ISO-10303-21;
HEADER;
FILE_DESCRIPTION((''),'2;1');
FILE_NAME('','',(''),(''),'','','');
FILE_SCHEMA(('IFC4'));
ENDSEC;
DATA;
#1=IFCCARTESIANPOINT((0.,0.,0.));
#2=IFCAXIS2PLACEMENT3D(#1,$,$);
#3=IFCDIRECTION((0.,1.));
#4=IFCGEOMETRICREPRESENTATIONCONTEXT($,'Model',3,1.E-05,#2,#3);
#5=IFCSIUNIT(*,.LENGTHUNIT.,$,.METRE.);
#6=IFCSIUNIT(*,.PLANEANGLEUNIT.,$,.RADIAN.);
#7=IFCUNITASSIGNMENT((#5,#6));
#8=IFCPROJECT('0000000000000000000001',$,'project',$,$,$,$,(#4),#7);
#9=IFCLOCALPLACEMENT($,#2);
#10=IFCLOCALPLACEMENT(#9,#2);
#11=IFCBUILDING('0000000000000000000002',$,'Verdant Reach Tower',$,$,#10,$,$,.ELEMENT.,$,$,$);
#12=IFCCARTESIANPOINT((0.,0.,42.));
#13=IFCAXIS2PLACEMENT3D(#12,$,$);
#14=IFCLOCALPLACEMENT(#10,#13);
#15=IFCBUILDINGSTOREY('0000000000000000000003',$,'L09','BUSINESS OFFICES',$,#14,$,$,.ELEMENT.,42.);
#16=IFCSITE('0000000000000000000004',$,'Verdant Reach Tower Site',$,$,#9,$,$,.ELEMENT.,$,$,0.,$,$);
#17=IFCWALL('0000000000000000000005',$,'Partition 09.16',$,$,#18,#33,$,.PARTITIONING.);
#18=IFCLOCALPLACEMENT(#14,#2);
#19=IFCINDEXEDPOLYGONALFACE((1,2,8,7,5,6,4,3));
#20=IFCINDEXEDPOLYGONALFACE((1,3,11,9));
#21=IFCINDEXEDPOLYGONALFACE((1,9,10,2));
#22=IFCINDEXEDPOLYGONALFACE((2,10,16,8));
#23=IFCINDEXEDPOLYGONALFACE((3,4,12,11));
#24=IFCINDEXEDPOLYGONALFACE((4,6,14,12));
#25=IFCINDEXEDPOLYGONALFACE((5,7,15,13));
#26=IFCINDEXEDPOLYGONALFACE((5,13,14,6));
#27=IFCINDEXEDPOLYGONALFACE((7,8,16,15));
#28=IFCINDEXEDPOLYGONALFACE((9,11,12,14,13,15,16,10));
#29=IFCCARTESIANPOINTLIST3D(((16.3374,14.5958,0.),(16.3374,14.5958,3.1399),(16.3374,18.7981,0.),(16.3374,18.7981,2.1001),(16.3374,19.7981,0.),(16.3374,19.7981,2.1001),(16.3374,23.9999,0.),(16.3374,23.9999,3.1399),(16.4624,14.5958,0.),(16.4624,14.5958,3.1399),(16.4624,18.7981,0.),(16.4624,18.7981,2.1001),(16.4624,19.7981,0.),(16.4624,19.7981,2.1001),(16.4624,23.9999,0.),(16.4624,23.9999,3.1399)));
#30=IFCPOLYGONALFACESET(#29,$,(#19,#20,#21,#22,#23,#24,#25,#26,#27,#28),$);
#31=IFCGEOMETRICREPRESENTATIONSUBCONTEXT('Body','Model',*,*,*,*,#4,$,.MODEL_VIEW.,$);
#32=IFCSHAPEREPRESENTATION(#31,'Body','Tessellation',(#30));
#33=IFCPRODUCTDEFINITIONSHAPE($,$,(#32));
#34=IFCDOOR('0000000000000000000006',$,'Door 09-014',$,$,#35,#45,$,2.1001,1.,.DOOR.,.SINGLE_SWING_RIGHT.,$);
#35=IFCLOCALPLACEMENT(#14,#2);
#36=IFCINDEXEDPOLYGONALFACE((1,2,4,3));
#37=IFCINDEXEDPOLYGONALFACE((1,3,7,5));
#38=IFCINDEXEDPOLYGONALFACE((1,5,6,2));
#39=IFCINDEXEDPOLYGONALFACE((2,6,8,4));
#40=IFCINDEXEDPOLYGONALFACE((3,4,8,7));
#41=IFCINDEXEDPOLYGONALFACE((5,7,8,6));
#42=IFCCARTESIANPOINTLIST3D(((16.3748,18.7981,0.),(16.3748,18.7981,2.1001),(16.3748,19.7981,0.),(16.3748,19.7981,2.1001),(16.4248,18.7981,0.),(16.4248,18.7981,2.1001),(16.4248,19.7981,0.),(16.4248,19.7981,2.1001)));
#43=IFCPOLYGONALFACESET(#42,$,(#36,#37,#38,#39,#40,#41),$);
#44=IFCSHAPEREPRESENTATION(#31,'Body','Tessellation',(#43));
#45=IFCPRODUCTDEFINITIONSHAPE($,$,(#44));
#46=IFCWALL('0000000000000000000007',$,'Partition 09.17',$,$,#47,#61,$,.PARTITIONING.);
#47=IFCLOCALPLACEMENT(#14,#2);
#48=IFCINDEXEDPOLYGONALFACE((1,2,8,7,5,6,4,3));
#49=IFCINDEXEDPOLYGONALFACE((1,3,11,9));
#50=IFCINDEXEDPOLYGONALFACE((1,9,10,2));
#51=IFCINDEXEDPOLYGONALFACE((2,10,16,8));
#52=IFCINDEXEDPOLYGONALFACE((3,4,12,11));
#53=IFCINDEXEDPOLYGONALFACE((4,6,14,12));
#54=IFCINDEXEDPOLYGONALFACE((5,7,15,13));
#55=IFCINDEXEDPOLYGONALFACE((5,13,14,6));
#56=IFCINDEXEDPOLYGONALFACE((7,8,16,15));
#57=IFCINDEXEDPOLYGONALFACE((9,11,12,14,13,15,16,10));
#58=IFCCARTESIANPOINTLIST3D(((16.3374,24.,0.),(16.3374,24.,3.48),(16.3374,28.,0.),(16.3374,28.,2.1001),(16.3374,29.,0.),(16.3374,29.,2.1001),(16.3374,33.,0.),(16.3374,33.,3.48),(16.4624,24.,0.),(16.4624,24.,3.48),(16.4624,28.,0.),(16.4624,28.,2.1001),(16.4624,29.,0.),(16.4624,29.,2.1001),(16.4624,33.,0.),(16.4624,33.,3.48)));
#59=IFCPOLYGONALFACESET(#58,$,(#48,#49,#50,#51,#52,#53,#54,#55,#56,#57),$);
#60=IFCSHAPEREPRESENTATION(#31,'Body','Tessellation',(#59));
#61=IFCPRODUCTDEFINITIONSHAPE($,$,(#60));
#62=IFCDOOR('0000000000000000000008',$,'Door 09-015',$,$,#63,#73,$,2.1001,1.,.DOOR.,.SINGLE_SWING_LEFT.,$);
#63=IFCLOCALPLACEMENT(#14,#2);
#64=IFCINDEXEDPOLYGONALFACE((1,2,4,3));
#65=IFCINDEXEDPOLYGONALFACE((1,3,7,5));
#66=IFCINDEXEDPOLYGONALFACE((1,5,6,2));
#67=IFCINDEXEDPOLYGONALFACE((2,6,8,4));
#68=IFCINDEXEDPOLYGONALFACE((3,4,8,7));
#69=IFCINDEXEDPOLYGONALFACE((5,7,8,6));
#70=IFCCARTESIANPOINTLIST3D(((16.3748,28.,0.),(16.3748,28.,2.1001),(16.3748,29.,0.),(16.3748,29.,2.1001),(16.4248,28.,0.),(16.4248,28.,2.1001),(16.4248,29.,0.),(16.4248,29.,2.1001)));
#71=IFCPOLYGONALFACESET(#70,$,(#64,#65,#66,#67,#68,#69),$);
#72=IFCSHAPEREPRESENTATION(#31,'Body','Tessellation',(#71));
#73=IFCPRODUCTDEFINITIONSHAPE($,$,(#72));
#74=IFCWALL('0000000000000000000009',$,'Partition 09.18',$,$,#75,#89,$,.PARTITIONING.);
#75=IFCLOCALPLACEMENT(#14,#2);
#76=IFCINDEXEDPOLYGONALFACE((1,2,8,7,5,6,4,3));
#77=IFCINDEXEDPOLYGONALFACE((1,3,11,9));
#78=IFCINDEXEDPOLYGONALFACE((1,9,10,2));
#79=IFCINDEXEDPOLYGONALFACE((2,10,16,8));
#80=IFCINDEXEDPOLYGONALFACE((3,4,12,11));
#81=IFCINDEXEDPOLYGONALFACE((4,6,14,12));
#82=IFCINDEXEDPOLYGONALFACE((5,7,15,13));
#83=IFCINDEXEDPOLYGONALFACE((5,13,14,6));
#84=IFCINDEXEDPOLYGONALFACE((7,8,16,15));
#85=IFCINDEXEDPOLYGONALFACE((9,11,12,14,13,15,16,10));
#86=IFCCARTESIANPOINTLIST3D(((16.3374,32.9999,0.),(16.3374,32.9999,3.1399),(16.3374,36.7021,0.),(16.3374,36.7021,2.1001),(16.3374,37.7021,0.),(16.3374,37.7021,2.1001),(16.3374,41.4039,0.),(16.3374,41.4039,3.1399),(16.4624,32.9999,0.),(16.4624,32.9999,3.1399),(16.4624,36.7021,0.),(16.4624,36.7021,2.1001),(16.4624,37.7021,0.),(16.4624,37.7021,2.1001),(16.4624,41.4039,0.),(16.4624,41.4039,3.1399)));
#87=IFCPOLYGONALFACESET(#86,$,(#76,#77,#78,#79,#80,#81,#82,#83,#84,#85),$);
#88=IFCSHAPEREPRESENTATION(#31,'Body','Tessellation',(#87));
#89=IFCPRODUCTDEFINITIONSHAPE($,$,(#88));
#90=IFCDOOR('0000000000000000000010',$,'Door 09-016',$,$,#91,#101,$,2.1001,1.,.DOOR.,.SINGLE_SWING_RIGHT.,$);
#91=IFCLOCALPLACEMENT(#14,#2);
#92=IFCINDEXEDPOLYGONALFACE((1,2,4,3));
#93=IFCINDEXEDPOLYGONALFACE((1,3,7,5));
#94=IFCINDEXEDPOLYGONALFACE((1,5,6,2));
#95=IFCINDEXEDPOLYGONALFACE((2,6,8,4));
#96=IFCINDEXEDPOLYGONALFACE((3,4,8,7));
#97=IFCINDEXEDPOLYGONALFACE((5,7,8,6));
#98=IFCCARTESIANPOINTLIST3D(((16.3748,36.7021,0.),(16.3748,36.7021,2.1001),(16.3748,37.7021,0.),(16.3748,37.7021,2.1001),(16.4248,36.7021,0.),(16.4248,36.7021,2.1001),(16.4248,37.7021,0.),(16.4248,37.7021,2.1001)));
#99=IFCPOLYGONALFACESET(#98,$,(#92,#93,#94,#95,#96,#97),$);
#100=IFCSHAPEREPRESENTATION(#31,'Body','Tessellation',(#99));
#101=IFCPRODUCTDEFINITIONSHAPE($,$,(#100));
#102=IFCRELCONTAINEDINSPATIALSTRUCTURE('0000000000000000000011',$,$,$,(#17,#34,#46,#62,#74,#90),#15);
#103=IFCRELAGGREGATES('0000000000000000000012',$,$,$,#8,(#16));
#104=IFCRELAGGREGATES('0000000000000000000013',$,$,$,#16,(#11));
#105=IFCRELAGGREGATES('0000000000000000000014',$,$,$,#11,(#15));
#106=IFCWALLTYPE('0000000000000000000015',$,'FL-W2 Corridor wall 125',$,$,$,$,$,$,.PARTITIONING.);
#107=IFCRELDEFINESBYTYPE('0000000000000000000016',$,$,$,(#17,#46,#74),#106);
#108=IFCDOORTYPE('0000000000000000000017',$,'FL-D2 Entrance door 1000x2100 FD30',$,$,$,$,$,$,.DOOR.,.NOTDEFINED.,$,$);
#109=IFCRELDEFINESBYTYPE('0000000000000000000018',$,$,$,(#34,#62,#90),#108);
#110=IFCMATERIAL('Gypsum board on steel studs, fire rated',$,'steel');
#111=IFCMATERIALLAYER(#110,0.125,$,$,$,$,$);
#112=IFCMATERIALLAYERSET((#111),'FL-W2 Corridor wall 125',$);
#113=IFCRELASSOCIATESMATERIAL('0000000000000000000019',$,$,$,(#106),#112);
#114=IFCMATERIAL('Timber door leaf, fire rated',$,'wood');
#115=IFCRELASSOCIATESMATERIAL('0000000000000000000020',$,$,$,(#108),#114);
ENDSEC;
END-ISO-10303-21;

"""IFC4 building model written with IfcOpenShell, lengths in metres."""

from ifc_helpers import new_model, si_unit, direction, frame, frame_2d, origin, place, context, subcontext, project, spatial, rectangle, extrude, material, layer, layer_set, type_object, element, fill, save


model = new_model("IFC4")

# Units and contexts
model_context = context("Model", 3, precision=1e-05, world=origin(), true_north=direction((0.0, 1.0)))
body_context = subcontext(model_context, "Body", "Model", "MODEL_VIEW")
ifc_project = project(units=[si_unit("LENGTHUNIT", "METRE"), si_unit("PLANEANGLEUNIT", "RADIAN")], contexts=[model_context])

# Site, building, storey
site_placement = place(None, origin())
site = spatial("IfcSite", under=ifc_project, at=site_placement, Name="Verdant Reach Tower Site", CompositionType="ELEMENT", RefElevation=0.0)
building_placement = place(site_placement, origin())
building = spatial("IfcBuilding", under=site, at=building_placement, Name="Verdant Reach Tower", CompositionType="ELEMENT")
storey_placement = place(building_placement, frame((0.0, 0.0, 42.0)))
storey = spatial("IfcBuildingStorey", under=building, at=storey_placement, Name="L09", Description="BUSINESS OFFICES", CompositionType="ELEMENT", Elevation=42.0)

# Walls, openings, doors
ifc_material_1 = material(Name="Gypsum board on steel studs, fire rated", Category="steel")
ifc_layer_1 = layer(ifc_material_1, 0.125)
ifc_layer_set_1 = layer_set([ifc_layer_1], Name="FL-W2 Corridor wall 125")
wall_type_1 = type_object("IfcWallType", Name="FL-W2 Corridor wall 125", PredefinedType="PARTITIONING", material=ifc_layer_set_1)
wall_1_placement = place(storey_placement, frame((16.3999, 24.0, 0.0), z_axis=(0.0, 0.0, 1.0), x_axis=(0.0, -1.0, 0.0)))
wall_1 = element("IfcWall", 1, at=wall_1_placement, inside=storey, type_object=wall_type_1, Name="Partition 09.16", PredefinedType="PARTITIONING", context=body_context, shape_type="SweptSolid", body=[
    extrude(rectangle(XDim=9.4041, YDim=0.125, at=frame_2d((4.7021, 0.0))), origin(), (0.0, 0.0, 1.0), 3.1399),
])
opening_1_placement = place(wall_1_placement, frame((4.2019, 0.0, 0.0)))
opening_1 = element("IfcOpeningElement", 2, at=opening_1_placement, cuts=wall_1, PredefinedType="OPENING", context=body_context, shape_type="SweptSolid", body=[
    extrude(rectangle(XDim=1.0, YDim=2.1001, at=frame_2d((0.5, 1.05))), frame((0.0, 0.0725, 0.0), z_axis=(0.0, -1.0, 0.0), x_axis=(1.0, 0.0, 0.0)), (0.0, 0.0, 1.0), 0.145),
])
ifc_material_2 = material(Name="Timber door leaf, fire rated", Category="wood")
door_type = type_object("IfcDoorType", Name="FL-D2 Entrance door 1000x2100 FD30", OperationType="NOTDEFINED", PredefinedType="DOOR", material=ifc_material_2)
door_1_placement = place(opening_1_placement, origin())
door_1 = element("IfcDoor", 3, at=door_1_placement, inside=storey, type_object=door_type, Name="Door 09-014", OperationType="SINGLE_SWING_RIGHT", OverallHeight=2.1001, OverallWidth=1.0, PredefinedType="DOOR", context=body_context, shape_type="SweptSolid", body=[
    extrude(rectangle(XDim=1.0, YDim=2.1001, at=frame_2d((0.5, 1.05))), frame((0.0, 0.0249, 0.0), z_axis=(0.0, -1.0, 0.0), x_axis=(1.0, 0.0, 0.0)), (0.0, 0.0, 1.0), 0.05),
])
fill(opening_1, door_1)
wall_2_placement = place(storey_placement, frame((16.3999, 33.0, 0.0), z_axis=(0.0, 0.0, 1.0), x_axis=(0.0, -1.0, 0.0)))
wall_2 = element("IfcWall", 4, at=wall_2_placement, inside=storey, type_object=wall_type_1, Name="Partition 09.17", PredefinedType="PARTITIONING", context=body_context, shape_type="SweptSolid", body=[
    extrude(rectangle(XDim=9.0, YDim=0.125, at=frame_2d((4.5, 0.0))), origin(), (0.0, 0.0, 1.0), 3.48),
])
opening_2_placement = place(wall_2_placement, frame((4.0, 0.0, 0.0)))
opening_2 = element("IfcOpeningElement", 5, at=opening_2_placement, cuts=wall_2, PredefinedType="OPENING", context=body_context, shape_type="SweptSolid", body=[
    extrude(rectangle(XDim=1.0, YDim=2.1001, at=frame_2d((0.5, 1.05))), frame((0.0, 0.0725, 0.0), z_axis=(0.0, -1.0, 0.0), x_axis=(1.0, 0.0, 0.0)), (0.0, 0.0, 1.0), 0.145),
])
door_2_placement = place(opening_2_placement, origin())
door_2 = element("IfcDoor", 6, at=door_2_placement, inside=storey, type_object=door_type, Name="Door 09-015", OperationType="SINGLE_SWING_LEFT", OverallHeight=2.1001, OverallWidth=1.0, PredefinedType="DOOR", context=body_context, shape_type="SweptSolid", body=[
    extrude(rectangle(XDim=1.0, YDim=2.1001, at=frame_2d((0.5, 1.05))), frame((0.0, 0.0249, 0.0), z_axis=(0.0, -1.0, 0.0), x_axis=(1.0, 0.0, 0.0)), (0.0, 0.0, 1.0), 0.05),
])
fill(opening_2, door_2)
wall_3_placement = place(storey_placement, frame((16.3999, 41.4041, 0.0), z_axis=(0.0, 0.0, 1.0), x_axis=(0.0, -1.0, 0.0)))
wall_3 = element("IfcWall", 7, at=wall_3_placement, inside=storey, type_object=wall_type_1, Name="Partition 09.18", PredefinedType="PARTITIONING", context=body_context, shape_type="SweptSolid", body=[
    extrude(rectangle(XDim=8.4041, YDim=0.125, at=frame_2d((4.2021, 0.0))), origin(), (0.0, 0.0, 1.0), 3.1399),
])
opening_3_placement = place(wall_3_placement, frame((3.7019, 0.0, 0.0)))
opening_3 = element("IfcOpeningElement", 8, at=opening_3_placement, cuts=wall_3, PredefinedType="OPENING", context=body_context, shape_type="SweptSolid", body=[
    extrude(rectangle(XDim=1.0, YDim=2.1001, at=frame_2d((0.5, 1.05))), frame((0.0, 0.0725, 0.0), z_axis=(0.0, -1.0, 0.0), x_axis=(1.0, 0.0, 0.0)), (0.0, 0.0, 1.0), 0.145),
])
door_3_placement = place(opening_3_placement, origin())
door_3 = element("IfcDoor", 9, at=door_3_placement, inside=storey, type_object=door_type, Name="Door 09-016", OperationType="SINGLE_SWING_RIGHT", OverallHeight=2.1001, OverallWidth=1.0, PredefinedType="DOOR", context=body_context, shape_type="SweptSolid", body=[
    extrude(rectangle(XDim=1.0, YDim=2.1001, at=frame_2d((0.5, 1.05))), frame((0.0, 0.0249, 0.0), z_axis=(0.0, -1.0, 0.0), x_axis=(1.0, 0.0, 0.0)), (0.0, 0.0, 1.0), 0.05),
])
fill(opening_3, door_3)

save(model, "model.ifc")
